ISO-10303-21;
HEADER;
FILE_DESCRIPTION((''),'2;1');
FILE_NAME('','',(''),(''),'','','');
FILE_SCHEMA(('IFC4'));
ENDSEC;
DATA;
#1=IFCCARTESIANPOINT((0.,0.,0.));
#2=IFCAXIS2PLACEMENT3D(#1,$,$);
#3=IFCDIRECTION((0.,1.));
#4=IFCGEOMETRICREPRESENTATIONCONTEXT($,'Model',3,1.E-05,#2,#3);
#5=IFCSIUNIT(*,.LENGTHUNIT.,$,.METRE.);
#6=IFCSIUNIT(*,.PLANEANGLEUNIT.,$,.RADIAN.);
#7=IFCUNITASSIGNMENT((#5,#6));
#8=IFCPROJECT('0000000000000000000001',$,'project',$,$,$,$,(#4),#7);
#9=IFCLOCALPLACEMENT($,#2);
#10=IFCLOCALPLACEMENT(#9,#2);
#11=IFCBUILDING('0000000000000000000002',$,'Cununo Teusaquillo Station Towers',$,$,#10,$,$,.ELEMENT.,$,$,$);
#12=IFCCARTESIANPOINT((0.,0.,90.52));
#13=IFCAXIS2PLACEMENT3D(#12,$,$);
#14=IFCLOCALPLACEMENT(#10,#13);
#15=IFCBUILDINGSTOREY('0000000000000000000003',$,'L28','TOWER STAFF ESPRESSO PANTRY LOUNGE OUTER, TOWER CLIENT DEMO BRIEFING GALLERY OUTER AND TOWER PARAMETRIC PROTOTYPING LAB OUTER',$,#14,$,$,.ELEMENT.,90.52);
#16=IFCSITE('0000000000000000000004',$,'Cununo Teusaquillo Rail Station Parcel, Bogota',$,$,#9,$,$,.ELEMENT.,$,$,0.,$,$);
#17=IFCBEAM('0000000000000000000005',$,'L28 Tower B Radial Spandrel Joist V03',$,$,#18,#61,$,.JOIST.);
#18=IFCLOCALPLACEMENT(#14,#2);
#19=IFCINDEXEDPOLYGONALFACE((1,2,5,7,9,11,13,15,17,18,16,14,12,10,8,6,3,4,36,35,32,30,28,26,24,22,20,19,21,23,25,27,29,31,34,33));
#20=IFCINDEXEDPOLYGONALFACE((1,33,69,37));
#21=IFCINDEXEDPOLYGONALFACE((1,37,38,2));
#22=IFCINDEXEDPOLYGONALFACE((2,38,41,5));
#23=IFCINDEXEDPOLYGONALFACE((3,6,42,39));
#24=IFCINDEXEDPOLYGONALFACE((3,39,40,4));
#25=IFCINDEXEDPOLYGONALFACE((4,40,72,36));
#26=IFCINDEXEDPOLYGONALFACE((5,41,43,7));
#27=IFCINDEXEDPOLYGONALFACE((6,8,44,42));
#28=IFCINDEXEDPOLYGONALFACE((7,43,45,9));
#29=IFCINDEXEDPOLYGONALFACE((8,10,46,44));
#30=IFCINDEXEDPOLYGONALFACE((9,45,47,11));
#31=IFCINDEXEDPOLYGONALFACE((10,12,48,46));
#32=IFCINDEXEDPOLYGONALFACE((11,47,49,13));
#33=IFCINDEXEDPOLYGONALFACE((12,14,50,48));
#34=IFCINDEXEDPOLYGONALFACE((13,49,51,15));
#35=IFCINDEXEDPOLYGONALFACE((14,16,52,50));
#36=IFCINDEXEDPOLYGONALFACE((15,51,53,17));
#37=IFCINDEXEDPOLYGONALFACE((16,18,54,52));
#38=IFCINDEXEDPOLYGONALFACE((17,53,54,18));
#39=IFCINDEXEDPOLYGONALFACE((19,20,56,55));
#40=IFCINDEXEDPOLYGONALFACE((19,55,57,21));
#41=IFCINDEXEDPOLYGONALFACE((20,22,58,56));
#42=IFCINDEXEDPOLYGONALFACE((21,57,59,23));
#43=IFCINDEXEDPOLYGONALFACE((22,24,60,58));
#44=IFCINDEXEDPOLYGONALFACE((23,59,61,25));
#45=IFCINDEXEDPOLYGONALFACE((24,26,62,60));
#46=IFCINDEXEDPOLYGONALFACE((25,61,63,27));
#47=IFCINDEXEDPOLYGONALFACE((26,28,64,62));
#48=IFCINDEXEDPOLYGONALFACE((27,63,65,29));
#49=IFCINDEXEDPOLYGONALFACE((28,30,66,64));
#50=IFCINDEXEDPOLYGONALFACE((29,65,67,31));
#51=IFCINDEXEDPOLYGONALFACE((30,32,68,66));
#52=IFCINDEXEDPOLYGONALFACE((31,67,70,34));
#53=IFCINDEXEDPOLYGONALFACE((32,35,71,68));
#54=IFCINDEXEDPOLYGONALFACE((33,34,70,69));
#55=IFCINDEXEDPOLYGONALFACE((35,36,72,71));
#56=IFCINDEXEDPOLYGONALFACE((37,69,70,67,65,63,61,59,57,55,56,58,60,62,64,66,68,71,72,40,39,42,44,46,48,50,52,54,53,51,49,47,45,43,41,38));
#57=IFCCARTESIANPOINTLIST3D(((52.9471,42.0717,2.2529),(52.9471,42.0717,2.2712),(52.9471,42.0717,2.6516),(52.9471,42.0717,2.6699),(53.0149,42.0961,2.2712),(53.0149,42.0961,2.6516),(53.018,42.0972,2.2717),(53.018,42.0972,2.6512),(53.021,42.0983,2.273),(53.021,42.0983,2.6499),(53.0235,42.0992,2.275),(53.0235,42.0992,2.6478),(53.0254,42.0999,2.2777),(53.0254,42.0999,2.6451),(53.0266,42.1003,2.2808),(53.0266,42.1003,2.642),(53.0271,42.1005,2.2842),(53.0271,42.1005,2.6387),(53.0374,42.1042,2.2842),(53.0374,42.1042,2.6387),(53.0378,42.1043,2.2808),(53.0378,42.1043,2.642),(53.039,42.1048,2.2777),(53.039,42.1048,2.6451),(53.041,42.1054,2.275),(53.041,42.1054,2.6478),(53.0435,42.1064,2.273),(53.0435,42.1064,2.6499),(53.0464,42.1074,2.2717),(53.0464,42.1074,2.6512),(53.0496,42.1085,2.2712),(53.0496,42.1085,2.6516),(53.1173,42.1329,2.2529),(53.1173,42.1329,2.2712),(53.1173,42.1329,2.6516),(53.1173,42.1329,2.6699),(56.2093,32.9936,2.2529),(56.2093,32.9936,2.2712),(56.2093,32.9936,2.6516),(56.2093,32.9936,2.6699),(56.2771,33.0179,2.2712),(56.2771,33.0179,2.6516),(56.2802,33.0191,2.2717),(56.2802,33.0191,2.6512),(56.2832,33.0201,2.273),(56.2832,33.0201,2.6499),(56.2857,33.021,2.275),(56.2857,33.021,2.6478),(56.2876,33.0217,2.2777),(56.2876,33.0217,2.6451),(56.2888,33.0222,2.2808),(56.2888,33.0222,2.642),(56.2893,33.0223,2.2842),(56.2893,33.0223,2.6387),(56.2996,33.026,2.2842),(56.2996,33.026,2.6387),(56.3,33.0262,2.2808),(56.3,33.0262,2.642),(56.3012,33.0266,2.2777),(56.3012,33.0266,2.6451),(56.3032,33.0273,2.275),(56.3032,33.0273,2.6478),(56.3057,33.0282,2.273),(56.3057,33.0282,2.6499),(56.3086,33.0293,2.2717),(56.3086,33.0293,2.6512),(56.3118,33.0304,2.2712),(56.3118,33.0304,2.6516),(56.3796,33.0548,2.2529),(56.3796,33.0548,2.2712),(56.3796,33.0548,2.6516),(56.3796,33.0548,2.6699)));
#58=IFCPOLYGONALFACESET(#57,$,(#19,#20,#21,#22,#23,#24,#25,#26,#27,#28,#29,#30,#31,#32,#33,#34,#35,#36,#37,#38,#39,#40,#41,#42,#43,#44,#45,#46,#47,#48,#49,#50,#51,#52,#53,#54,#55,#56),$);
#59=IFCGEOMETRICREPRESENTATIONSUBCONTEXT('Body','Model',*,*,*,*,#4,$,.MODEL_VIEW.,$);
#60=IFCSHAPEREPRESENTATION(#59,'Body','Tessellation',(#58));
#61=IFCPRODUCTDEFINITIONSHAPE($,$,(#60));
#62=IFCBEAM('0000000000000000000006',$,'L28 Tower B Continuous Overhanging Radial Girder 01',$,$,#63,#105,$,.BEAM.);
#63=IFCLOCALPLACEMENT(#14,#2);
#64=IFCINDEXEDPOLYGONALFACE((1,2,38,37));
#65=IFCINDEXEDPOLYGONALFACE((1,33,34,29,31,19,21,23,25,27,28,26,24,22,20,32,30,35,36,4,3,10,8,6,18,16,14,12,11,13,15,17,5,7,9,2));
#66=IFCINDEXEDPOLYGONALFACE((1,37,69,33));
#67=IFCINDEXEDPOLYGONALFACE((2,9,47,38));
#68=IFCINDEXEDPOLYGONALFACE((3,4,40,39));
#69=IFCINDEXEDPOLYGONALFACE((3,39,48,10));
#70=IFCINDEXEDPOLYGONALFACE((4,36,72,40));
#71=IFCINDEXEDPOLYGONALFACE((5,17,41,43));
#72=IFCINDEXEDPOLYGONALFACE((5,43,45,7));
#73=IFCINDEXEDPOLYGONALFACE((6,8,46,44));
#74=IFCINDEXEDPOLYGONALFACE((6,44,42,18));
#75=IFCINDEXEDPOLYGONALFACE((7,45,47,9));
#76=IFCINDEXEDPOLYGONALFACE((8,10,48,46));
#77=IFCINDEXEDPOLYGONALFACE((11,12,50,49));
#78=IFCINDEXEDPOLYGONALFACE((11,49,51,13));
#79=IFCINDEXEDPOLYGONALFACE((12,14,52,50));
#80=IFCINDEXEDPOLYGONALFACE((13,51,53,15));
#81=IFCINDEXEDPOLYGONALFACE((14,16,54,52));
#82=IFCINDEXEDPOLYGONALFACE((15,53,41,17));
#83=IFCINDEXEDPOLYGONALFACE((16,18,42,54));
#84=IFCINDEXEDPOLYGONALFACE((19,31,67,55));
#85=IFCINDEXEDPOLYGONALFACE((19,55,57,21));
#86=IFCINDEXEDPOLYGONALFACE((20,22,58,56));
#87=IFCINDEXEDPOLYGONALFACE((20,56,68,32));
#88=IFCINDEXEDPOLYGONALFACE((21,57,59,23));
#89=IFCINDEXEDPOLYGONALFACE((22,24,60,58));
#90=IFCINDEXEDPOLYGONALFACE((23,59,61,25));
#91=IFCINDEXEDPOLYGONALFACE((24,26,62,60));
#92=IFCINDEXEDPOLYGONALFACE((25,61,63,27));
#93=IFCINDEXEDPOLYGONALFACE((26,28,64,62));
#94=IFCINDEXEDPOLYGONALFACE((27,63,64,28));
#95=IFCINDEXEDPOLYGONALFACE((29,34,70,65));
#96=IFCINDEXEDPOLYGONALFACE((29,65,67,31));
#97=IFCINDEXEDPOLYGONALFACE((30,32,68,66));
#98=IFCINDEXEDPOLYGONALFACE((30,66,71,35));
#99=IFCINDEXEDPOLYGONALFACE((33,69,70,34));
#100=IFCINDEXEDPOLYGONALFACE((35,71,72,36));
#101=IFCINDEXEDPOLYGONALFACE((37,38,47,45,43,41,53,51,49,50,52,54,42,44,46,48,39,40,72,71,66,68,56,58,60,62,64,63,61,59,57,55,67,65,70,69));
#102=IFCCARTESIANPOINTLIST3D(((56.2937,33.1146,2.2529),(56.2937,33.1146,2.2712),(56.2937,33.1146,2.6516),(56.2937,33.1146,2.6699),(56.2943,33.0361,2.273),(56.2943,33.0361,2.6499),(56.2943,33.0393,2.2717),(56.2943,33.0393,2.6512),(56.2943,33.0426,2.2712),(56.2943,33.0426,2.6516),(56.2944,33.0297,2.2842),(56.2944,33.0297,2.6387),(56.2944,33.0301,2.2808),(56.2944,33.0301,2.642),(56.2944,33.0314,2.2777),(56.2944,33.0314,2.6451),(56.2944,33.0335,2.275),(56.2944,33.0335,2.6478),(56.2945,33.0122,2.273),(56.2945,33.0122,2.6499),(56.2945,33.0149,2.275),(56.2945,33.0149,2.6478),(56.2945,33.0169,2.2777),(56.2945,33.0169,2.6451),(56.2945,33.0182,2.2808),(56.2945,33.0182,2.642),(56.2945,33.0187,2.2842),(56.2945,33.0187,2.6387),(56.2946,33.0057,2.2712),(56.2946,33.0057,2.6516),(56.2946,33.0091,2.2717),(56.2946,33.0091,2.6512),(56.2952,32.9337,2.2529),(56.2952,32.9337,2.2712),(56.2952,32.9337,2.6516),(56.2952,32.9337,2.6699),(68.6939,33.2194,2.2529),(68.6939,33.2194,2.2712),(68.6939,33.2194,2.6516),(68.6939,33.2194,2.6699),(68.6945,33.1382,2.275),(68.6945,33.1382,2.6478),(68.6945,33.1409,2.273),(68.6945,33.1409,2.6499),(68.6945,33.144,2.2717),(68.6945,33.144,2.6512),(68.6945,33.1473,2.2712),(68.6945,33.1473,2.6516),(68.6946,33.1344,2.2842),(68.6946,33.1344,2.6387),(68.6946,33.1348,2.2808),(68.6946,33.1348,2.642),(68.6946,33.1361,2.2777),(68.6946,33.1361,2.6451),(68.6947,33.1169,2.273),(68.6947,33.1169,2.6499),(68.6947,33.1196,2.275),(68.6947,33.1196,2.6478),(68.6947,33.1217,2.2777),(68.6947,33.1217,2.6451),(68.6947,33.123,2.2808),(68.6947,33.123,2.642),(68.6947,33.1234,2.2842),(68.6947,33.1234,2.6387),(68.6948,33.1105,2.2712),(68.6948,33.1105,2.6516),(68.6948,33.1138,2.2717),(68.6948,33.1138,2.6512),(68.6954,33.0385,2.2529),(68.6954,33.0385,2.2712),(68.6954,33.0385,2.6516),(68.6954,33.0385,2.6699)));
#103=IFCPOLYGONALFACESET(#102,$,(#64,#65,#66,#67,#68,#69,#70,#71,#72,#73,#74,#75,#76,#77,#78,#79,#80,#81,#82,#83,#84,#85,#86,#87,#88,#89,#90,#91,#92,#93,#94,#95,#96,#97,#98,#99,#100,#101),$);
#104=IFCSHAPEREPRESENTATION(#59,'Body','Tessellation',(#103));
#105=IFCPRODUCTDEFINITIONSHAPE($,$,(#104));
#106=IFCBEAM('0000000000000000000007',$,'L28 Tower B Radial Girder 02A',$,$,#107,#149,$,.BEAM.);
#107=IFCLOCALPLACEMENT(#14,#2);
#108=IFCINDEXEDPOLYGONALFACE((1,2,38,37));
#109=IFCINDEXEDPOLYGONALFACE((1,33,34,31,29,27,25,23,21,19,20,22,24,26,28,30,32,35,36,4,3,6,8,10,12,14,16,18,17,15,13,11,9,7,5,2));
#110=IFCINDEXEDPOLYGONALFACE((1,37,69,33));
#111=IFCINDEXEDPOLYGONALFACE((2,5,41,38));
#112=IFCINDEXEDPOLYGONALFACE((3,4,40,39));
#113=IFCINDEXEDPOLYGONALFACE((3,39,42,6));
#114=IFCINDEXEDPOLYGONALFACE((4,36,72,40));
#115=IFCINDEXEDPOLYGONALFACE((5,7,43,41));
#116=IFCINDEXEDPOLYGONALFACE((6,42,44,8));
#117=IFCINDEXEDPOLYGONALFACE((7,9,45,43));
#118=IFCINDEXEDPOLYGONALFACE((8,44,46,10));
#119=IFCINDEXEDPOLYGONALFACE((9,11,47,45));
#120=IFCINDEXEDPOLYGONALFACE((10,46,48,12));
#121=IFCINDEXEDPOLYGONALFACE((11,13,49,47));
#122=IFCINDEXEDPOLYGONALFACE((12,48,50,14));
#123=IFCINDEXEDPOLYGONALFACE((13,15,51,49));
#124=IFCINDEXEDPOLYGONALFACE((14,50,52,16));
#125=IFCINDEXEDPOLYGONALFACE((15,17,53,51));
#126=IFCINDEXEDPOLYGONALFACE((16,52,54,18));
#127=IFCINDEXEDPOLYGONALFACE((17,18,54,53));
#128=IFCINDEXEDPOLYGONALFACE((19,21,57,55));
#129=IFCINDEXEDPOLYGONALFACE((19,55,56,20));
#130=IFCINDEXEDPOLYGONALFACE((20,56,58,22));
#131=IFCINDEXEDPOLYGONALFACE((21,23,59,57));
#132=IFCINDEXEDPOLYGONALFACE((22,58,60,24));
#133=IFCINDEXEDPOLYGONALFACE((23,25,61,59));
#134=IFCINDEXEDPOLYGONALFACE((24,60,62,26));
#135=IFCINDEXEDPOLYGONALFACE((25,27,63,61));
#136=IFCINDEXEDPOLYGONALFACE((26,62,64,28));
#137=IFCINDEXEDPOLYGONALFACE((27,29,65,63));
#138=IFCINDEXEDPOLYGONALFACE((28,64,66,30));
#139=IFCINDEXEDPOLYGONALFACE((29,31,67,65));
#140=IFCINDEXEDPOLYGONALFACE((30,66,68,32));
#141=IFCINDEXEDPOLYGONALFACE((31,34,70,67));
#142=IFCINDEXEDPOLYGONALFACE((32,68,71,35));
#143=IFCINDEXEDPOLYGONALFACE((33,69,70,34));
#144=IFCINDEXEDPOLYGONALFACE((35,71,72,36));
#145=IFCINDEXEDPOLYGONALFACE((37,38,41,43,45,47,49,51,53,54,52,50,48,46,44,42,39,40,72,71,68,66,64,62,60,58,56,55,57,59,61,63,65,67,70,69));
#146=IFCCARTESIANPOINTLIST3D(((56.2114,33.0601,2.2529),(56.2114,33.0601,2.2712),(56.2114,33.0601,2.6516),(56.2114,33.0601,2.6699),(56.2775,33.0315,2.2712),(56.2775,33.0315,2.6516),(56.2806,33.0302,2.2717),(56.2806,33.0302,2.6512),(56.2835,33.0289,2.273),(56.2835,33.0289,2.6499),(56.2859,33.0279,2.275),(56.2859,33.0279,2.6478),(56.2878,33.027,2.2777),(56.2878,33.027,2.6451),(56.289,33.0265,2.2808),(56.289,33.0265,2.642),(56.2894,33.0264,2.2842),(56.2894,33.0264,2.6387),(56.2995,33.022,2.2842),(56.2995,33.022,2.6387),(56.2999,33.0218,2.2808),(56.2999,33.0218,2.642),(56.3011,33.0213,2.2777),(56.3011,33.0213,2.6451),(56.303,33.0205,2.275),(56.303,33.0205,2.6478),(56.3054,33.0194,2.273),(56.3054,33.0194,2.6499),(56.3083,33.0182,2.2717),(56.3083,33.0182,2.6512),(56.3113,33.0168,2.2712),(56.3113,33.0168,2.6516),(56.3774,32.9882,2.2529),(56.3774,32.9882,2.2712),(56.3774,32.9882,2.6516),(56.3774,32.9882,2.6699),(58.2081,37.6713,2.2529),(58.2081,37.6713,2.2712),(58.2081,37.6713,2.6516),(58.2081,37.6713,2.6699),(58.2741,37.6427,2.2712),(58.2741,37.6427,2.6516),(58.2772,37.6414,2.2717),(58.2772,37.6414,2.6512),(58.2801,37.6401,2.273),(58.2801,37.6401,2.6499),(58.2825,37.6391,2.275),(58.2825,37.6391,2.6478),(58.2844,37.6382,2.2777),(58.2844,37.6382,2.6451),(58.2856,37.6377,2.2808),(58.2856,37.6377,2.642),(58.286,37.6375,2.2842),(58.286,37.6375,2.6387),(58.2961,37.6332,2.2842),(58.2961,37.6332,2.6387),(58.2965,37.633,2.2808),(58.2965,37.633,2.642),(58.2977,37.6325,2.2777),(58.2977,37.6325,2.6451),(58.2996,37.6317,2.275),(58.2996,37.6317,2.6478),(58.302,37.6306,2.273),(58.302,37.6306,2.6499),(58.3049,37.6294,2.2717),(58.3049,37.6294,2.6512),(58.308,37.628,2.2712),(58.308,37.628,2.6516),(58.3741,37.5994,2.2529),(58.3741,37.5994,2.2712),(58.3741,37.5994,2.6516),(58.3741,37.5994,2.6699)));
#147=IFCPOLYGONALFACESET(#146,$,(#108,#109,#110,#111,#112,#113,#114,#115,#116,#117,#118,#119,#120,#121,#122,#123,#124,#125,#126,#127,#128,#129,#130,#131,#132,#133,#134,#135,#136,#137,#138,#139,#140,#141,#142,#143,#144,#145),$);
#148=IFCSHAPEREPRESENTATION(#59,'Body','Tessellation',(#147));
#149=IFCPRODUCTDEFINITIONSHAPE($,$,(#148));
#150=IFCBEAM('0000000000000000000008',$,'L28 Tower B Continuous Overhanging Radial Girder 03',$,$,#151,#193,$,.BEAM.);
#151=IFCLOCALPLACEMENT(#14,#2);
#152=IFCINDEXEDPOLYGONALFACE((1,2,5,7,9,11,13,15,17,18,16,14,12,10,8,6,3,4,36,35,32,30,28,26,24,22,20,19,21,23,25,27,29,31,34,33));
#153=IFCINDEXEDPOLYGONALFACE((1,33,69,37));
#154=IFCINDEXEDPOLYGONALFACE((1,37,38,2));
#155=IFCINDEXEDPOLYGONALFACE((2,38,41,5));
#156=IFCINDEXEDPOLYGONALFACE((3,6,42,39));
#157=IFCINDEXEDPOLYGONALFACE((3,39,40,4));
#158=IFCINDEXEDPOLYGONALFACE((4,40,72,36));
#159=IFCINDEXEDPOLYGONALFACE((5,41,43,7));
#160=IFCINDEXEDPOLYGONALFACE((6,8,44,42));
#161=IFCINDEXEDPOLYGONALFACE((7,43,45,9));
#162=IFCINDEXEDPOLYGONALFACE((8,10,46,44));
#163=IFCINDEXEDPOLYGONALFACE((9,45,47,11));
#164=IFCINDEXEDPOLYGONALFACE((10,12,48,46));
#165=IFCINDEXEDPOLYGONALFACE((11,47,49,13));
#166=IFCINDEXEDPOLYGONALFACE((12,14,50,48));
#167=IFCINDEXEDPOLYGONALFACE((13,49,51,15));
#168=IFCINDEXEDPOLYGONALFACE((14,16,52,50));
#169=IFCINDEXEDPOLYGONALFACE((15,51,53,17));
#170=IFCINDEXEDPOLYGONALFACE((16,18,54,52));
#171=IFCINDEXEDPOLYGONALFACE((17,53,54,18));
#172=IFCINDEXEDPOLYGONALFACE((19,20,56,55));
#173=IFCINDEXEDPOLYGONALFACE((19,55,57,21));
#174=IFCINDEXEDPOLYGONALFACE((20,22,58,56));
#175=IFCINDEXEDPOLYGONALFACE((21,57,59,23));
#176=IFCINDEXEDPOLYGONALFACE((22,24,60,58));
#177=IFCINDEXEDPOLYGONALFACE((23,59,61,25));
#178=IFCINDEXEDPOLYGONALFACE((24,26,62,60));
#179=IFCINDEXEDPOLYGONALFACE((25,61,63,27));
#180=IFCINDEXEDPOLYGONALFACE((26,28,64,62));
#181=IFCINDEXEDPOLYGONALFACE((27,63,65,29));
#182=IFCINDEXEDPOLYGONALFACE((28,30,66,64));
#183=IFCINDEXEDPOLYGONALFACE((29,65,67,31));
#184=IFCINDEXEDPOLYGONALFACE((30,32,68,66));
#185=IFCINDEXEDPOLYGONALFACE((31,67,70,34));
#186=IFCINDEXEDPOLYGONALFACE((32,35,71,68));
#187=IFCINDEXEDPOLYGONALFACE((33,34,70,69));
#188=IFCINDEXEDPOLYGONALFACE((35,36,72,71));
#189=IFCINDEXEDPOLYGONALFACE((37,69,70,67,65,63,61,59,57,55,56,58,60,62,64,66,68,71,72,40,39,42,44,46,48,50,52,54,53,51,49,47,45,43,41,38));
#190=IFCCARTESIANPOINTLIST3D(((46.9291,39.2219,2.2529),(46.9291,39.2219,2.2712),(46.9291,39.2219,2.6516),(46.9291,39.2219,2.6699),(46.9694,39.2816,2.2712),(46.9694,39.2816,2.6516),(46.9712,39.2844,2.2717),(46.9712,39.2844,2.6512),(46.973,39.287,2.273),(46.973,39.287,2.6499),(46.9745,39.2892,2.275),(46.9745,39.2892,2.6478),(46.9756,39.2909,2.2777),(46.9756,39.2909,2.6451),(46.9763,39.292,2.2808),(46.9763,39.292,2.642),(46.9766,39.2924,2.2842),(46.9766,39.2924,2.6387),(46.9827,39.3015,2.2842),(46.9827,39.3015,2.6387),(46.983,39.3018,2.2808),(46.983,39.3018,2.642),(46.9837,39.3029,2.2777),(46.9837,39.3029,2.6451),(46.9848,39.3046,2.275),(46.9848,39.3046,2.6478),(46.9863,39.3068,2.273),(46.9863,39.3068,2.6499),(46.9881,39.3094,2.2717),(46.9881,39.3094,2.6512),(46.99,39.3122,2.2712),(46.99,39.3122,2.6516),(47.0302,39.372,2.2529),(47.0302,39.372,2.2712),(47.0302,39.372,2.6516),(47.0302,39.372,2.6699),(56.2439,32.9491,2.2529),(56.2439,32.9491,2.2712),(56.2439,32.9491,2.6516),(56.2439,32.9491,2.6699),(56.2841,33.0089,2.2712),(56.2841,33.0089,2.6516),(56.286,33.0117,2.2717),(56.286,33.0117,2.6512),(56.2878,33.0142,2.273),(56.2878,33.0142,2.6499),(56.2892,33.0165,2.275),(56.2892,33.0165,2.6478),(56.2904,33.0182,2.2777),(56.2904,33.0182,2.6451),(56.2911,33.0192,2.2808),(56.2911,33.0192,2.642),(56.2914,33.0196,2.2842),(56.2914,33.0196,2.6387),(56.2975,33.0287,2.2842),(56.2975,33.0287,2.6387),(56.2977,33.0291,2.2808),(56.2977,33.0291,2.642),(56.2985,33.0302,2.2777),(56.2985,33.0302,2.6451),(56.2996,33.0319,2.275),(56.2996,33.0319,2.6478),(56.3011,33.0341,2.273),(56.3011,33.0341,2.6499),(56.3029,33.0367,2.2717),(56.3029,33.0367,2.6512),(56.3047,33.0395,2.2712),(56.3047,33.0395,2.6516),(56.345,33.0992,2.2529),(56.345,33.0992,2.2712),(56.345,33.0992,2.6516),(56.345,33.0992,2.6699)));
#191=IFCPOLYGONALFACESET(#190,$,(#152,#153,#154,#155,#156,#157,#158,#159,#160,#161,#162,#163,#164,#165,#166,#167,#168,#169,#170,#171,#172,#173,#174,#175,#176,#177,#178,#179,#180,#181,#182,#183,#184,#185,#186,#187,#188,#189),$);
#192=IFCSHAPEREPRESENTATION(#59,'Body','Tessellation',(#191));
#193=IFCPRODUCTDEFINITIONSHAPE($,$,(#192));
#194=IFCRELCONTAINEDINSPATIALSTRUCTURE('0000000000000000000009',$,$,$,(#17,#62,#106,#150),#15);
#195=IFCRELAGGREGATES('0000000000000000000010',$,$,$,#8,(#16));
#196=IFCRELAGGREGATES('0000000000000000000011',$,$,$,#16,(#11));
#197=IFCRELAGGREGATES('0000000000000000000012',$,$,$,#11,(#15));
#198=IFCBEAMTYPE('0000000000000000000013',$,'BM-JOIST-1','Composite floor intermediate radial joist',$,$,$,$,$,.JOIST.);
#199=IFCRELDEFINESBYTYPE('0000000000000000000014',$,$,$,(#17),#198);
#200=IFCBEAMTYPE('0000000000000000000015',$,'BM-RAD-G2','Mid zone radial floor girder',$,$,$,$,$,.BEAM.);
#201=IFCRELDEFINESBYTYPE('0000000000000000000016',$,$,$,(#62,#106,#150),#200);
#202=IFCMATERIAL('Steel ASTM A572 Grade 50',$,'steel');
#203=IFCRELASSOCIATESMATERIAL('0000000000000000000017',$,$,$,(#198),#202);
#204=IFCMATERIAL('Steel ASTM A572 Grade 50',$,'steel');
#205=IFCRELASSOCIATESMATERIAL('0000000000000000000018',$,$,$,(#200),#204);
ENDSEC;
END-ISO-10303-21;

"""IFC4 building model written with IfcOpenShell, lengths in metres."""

from ifc_helpers import new_model, si_unit, direction, frame, origin, origin_2d, place, context, subcontext, project, spatial, i_section, extrude, material, material_profile, profile_set, type_object, element, save


model = new_model("IFC4")

# Units and contexts
model_context = context("Model", 3, precision=1e-05, world=origin(), true_north=direction((0.0, 1.0)))
body_context = subcontext(model_context, "Body", "Model", "MODEL_VIEW")
ifc_project = project(units=[si_unit("LENGTHUNIT", "METRE"), si_unit("PLANEANGLEUNIT", "RADIAN")], contexts=[model_context])

# Site, building, storey
site_placement = place(None, origin())
site = spatial("IfcSite", under=ifc_project, at=site_placement, Name="Cununo Teusaquillo Rail Station Parcel, Bogota", CompositionType="ELEMENT", RefElevation=0.0)
building_placement = place(site_placement, origin())
building = spatial("IfcBuilding", under=site, at=building_placement, Name="Cununo Teusaquillo Station Towers", CompositionType="ELEMENT")
storey_placement = place(building_placement, frame((0.0, 0.0, 90.52)))
storey = spatial("IfcBuildingStorey", under=building, at=storey_placement, Name="L28", Description="TOWER STAFF ESPRESSO PANTRY LOUNGE OUTER, TOWER CLIENT DEMO BRIEFING GALLERY OUTER AND TOWER PARAMETRIC PROTOTYPING LAB OUTER", CompositionType="ELEMENT", Elevation=90.52)

# Beams
ifc_material_1 = material(Name="Steel ASTM A572 Grade 50", Category="steel")
ifc_material_profile_1 = material_profile(ifc_material_1, i_section(OverallWidth=0.1809, OverallDepth=0.417, WebThickness=0.011, FlangeThickness=0.0183, FilletRadius=0.0129, at=origin_2d()), Name="W16X57")
ifc_profile_set_1 = profile_set([ifc_material_profile_1], Name="Steel ASTM A572 Grade 50")
beam_type_1 = type_object("IfcBeamType", Name="BM-JOIST-1", Description="Composite floor intermediate radial joist", PredefinedType="JOIST", material=ifc_profile_set_1)
beam_1_placement = place(storey_placement, frame((56.2944, 33.0242, 2.4614), z_axis=(-0.338176, 0.941083, 0.0), x_axis=(-0.941083, -0.338176, 0.0)))
element("IfcBeam", 1, at=beam_1_placement, inside=storey, type_object=beam_type_1, Name="L28 Tower B Radial Spandrel Joist V03", PredefinedType="JOIST", context=body_context, shape_type="SweptSolid", body=[
    extrude(i_section(OverallWidth=0.1809, OverallDepth=0.417, WebThickness=0.011, FlangeThickness=0.0183, FilletRadius=0.0129, at=origin_2d()), origin(), (0.0, 0.0, 1.0), 9.6465),
])
ifc_material_2 = material(Name="Steel ASTM A572 Grade 50", Category="steel")
ifc_material_profile_2 = material_profile(ifc_material_2, i_section(OverallWidth=0.1809, OverallDepth=0.417, WebThickness=0.011, FlangeThickness=0.0183, FilletRadius=0.0129, at=origin_2d()), Name="W16X57")
ifc_profile_set_2 = profile_set([ifc_material_profile_2], Name="Steel ASTM A572 Grade 50")
beam_type_2 = type_object("IfcBeamType", Name="BM-RAD-G2", Description="Mid zone radial floor girder", PredefinedType="BEAM", material=ifc_profile_set_2)
beam_2_placement = place(storey_placement, frame((56.2944, 33.0242, 2.4614), z_axis=(0.999964, 0.008446, 0.0), x_axis=(-0.008446, 0.999964, 0.0)))
element("IfcBeam", 2, at=beam_2_placement, inside=storey, type_object=beam_type_2, Name="L28 Tower B Continuous Overhanging Radial Girder 01", PredefinedType="BEAM", context=body_context, shape_type="SweptSolid", body=[
    extrude(i_section(OverallWidth=0.1809, OverallDepth=0.417, WebThickness=0.011, FlangeThickness=0.0183, FilletRadius=0.0129, at=origin_2d()), origin(), (0.0, 0.0, 1.0), 12.4006),
])
beam_3_placement = place(storey_placement, frame((56.2944, 33.0242, 2.4614), z_axis=(0.397347, 0.917668, 0.0), x_axis=(-0.917668, 0.397347, 0.0)))
element("IfcBeam", 3, at=beam_3_placement, inside=storey, type_object=beam_type_2, Name="L28 Tower B Radial Girder 02A", PredefinedType="BEAM", context=body_context, shape_type="SweptSolid", body=[
    extrude(i_section(OverallWidth=0.1809, OverallDepth=0.417, WebThickness=0.011, FlangeThickness=0.0183, FilletRadius=0.0129, at=origin_2d()), origin(), (0.0, 0.0, 1.0), 5.0249),
])
beam_4_placement = place(storey_placement, frame((56.2944, 33.0242, 2.4614), z_axis=(-0.829456, 0.558572, 0.0), x_axis=(-0.558572, -0.829456, 0.0)))
element("IfcBeam", 4, at=beam_4_placement, inside=storey, type_object=beam_type_2, Name="L28 Tower B Continuous Overhanging Radial Girder 03", PredefinedType="BEAM", context=body_context, shape_type="SweptSolid", body=[
    extrude(i_section(OverallWidth=0.1809, OverallDepth=0.417, WebThickness=0.011, FlangeThickness=0.0183, FilletRadius=0.0129, at=origin_2d()), origin(), (0.0, 0.0, 1.0), 11.23),
])

save(model, "model.ifc")
